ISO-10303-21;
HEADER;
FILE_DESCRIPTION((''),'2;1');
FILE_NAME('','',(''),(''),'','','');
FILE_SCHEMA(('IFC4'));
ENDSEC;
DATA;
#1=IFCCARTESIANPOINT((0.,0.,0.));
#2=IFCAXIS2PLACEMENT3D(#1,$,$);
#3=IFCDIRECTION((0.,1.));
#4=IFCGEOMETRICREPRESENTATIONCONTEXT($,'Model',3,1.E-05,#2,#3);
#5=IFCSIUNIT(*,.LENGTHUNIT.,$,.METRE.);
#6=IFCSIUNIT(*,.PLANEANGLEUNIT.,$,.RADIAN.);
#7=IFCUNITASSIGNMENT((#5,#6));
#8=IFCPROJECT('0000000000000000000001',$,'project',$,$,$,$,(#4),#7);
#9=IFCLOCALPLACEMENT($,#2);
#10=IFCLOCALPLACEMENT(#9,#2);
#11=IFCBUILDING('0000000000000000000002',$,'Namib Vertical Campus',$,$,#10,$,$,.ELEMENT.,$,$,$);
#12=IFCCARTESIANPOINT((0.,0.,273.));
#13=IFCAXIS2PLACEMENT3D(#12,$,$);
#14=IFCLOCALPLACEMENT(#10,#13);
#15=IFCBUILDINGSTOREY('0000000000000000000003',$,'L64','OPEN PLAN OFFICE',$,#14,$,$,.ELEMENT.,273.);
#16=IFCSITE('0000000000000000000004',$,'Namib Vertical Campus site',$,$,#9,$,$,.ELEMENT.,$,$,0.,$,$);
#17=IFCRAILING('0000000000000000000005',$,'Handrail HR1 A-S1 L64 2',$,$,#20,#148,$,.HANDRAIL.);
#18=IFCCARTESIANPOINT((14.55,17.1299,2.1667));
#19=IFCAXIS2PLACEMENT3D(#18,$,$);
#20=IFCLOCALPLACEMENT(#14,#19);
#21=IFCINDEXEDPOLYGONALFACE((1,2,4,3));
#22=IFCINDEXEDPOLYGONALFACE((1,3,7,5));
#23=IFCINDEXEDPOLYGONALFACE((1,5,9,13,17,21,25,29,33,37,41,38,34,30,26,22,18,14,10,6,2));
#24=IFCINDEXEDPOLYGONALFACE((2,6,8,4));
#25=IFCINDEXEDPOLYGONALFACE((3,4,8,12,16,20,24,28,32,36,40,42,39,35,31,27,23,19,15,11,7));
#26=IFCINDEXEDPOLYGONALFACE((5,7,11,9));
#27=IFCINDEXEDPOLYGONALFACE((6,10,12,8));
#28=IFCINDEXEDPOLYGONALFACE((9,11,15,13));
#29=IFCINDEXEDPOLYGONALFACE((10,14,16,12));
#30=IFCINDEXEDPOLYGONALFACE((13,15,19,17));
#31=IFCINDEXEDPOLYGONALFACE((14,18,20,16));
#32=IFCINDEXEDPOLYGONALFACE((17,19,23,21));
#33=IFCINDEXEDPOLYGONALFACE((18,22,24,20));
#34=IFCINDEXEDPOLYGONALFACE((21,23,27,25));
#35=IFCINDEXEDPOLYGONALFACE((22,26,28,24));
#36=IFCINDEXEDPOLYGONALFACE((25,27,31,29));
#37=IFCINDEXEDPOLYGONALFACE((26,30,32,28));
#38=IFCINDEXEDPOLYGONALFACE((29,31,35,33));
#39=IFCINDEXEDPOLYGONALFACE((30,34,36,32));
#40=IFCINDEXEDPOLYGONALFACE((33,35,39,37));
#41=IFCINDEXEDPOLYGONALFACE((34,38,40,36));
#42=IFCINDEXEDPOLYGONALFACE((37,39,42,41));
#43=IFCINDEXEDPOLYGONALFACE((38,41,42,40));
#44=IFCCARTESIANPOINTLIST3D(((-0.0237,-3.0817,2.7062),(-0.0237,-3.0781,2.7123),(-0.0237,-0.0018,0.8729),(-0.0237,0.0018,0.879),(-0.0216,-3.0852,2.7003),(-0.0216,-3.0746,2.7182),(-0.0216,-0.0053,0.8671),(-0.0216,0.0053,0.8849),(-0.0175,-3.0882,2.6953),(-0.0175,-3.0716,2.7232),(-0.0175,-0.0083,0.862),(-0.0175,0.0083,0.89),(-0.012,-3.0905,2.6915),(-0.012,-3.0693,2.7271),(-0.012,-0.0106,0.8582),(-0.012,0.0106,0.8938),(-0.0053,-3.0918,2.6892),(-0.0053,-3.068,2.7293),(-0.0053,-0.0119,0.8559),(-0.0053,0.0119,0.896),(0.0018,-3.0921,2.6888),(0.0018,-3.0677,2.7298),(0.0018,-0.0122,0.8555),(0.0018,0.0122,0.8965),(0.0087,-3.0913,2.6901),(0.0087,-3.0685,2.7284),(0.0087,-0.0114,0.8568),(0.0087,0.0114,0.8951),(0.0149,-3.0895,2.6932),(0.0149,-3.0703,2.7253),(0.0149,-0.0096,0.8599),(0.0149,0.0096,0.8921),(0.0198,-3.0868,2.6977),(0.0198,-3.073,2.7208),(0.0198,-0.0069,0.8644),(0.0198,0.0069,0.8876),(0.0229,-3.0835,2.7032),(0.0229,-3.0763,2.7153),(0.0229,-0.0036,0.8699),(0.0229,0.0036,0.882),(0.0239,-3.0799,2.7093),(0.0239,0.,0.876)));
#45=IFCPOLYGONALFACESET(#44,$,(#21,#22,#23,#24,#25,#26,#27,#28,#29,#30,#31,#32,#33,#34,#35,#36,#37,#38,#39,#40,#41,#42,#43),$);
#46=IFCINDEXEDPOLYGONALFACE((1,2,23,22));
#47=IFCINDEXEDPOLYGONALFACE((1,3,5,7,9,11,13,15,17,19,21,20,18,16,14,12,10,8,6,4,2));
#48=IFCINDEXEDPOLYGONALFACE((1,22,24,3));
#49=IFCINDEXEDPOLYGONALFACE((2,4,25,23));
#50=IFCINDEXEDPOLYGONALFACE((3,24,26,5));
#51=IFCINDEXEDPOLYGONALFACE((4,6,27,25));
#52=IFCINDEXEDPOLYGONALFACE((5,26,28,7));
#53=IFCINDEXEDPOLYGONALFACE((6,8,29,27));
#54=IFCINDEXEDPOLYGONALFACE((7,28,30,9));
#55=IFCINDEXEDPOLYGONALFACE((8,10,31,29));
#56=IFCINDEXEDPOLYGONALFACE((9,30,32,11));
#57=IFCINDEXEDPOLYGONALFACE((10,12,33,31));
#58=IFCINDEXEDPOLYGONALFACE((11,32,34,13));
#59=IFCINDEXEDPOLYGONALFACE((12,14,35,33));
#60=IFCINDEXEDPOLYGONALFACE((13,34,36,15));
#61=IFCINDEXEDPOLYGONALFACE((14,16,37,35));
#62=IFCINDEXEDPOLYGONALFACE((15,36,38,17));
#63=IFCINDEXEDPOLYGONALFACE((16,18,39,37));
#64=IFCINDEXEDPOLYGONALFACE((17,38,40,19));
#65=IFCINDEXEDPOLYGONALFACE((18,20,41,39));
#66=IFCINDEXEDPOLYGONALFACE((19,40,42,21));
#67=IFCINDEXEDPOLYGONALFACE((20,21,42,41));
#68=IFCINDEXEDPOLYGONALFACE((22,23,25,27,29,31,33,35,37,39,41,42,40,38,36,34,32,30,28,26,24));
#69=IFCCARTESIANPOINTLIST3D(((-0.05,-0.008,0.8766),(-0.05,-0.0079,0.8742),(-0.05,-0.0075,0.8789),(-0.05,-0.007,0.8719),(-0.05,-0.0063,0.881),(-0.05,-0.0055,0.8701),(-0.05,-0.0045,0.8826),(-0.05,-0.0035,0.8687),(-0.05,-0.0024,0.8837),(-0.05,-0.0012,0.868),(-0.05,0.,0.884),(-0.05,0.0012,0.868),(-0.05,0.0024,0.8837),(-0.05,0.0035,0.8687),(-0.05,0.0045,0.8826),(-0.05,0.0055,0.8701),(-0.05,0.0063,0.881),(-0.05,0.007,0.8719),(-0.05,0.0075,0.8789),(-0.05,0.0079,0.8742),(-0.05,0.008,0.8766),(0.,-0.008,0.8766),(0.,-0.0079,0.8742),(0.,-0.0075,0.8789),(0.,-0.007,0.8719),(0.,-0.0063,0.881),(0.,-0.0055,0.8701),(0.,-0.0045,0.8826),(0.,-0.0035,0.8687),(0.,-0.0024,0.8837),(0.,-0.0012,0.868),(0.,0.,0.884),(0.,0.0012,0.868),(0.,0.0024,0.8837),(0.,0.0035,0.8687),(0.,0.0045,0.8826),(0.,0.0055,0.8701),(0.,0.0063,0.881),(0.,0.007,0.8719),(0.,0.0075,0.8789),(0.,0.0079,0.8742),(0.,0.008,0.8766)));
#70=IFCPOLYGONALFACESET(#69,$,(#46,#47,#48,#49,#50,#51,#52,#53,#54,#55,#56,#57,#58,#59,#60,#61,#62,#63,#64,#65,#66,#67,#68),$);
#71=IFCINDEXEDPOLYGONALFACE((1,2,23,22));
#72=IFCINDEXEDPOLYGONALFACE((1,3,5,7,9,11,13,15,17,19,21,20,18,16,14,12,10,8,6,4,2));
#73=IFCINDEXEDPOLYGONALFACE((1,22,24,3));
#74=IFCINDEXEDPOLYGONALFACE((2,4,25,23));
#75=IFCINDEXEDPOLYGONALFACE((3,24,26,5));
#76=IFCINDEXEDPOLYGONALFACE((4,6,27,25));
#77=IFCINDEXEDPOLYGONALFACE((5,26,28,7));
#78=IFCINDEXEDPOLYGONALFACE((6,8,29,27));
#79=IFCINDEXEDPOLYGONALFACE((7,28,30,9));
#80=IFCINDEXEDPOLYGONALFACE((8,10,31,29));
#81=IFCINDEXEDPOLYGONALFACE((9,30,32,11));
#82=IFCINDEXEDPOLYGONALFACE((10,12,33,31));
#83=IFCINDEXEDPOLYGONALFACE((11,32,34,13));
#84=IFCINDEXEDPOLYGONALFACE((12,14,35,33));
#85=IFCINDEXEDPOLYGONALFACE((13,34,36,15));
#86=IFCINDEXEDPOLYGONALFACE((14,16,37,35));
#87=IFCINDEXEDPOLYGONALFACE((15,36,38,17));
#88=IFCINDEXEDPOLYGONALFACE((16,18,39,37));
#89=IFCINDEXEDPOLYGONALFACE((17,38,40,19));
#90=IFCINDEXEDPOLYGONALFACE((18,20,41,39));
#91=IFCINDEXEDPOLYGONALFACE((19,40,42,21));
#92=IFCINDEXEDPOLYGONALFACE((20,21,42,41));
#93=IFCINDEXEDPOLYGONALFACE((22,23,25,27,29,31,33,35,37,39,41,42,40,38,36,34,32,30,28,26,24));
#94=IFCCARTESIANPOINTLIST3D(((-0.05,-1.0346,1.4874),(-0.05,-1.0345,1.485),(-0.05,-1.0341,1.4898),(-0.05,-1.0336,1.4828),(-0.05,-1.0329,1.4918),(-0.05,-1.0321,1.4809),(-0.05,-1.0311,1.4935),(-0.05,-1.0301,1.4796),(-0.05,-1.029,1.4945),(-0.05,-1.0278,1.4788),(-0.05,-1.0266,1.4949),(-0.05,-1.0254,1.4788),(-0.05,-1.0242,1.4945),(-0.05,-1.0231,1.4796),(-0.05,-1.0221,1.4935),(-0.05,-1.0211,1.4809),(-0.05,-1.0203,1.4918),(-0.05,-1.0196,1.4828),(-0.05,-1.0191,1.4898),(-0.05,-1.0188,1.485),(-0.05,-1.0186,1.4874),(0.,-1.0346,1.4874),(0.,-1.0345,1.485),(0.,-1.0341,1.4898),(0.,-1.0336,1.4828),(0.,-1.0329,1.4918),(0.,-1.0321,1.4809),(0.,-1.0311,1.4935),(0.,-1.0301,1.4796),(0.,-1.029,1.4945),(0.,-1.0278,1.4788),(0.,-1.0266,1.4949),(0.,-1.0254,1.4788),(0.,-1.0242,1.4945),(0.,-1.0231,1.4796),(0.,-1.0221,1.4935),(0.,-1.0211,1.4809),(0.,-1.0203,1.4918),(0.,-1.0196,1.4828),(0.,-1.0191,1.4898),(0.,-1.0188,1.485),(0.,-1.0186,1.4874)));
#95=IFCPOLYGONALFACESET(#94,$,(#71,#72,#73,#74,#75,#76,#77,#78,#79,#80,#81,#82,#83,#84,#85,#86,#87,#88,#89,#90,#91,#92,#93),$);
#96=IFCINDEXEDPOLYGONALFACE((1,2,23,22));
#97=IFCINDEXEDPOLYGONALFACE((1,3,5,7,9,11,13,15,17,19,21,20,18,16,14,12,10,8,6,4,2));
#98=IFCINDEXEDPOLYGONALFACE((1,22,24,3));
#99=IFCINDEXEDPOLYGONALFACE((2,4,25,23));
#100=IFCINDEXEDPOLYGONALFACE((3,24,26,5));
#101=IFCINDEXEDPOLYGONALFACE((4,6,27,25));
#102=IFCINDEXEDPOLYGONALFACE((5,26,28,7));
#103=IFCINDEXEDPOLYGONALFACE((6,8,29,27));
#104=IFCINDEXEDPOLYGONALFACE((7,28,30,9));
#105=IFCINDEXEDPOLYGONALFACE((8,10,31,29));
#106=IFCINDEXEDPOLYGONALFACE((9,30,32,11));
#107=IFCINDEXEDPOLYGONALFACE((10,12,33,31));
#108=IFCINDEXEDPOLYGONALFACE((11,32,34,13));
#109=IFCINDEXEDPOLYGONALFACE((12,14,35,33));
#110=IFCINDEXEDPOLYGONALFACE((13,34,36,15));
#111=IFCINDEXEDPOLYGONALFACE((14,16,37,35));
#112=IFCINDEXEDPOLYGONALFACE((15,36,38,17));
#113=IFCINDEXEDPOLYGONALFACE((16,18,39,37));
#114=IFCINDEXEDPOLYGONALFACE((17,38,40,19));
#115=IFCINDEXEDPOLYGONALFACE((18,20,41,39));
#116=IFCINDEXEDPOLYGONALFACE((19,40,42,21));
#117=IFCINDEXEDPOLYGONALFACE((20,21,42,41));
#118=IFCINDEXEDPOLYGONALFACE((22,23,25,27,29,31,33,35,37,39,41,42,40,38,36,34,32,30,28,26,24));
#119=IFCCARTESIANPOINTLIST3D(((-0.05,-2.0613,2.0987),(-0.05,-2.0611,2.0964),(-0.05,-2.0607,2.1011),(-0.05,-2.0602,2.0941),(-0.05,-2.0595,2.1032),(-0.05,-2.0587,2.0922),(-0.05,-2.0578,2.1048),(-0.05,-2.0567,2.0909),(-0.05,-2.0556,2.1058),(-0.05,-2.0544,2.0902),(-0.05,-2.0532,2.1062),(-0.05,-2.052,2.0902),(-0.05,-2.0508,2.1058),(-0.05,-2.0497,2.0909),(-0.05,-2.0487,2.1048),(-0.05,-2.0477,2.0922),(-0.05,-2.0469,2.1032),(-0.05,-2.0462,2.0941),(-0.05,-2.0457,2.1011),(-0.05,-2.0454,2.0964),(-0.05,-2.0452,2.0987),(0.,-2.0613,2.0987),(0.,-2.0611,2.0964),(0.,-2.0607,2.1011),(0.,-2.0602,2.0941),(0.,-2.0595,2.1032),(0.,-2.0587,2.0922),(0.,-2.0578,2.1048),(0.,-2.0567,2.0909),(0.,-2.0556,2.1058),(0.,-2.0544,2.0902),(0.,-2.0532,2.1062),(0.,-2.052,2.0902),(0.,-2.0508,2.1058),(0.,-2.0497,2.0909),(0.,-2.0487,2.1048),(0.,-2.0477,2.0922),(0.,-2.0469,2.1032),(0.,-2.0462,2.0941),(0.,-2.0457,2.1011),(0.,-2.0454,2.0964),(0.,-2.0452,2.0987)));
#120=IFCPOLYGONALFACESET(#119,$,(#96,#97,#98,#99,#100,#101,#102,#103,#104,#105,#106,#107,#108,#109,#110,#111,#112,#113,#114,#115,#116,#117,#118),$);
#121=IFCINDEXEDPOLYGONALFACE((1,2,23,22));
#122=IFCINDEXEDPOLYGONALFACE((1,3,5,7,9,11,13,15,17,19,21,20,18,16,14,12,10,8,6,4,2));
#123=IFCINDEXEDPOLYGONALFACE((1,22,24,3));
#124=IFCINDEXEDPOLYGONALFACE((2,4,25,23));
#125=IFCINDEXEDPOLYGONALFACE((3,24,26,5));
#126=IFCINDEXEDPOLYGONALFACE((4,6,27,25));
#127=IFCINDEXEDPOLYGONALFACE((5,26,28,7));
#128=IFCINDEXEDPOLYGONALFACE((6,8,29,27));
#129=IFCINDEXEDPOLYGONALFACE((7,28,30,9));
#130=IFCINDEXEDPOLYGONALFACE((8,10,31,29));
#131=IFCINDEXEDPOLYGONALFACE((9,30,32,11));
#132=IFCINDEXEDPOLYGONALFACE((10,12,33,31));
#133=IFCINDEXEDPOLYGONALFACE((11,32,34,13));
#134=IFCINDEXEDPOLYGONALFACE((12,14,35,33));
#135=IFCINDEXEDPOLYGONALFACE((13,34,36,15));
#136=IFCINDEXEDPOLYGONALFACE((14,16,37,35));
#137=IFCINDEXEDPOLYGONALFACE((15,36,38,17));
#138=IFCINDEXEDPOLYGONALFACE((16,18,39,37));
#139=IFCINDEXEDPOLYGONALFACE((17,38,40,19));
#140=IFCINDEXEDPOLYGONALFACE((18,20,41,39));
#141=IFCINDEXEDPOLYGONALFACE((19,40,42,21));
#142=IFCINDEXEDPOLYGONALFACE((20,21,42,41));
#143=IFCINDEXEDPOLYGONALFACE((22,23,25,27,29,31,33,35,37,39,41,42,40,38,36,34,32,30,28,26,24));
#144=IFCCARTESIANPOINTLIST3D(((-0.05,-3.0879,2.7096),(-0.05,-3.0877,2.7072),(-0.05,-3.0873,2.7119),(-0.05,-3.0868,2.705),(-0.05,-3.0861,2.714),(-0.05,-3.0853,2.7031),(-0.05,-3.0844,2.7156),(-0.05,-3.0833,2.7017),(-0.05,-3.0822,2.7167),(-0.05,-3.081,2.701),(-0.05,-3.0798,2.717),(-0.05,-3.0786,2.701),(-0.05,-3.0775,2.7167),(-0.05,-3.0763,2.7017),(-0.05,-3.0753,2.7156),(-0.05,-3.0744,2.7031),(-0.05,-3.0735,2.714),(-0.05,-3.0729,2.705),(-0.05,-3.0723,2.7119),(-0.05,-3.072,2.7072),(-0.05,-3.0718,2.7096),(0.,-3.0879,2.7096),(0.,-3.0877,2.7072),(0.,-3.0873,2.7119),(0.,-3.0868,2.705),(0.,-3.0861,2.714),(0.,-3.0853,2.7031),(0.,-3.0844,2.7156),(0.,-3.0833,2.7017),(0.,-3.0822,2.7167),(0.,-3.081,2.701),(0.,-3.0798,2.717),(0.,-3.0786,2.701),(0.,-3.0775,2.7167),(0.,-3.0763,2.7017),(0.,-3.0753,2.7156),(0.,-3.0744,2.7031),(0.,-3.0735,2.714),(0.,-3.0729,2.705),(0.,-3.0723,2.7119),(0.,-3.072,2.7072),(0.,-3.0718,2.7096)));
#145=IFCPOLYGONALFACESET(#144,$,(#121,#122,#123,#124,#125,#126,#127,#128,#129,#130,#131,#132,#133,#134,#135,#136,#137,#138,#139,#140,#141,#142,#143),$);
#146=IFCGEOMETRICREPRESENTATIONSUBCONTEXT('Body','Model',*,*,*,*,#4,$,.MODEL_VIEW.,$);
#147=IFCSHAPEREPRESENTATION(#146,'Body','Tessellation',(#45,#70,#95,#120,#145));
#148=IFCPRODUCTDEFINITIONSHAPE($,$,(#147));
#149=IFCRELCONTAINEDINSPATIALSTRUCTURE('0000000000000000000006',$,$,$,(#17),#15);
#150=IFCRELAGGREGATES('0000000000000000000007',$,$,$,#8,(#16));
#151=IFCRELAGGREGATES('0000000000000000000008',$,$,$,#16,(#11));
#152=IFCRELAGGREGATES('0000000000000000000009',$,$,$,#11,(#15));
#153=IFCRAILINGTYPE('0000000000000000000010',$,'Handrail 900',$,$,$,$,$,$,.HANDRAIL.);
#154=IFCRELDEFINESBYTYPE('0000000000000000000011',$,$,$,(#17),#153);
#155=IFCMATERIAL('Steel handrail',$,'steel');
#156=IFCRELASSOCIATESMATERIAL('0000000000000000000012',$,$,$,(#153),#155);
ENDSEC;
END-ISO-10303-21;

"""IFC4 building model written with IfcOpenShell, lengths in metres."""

from ifc_helpers import new_model, si_unit, direction, frame, origin, origin_2d, place, context, subcontext, project, spatial, circle, extrude, material, type_object, element, save


model = new_model("IFC4")

# Units and contexts
model_context = context("Model", 3, precision=1e-05, world=origin(), true_north=direction((0.0, 1.0)))
body_context = subcontext(model_context, "Body", "Model", "MODEL_VIEW")
ifc_project = project(units=[si_unit("LENGTHUNIT", "METRE"), si_unit("PLANEANGLEUNIT", "RADIAN")], contexts=[model_context])

# Site, building, storey
site_placement = place(None, origin())
site = spatial("IfcSite", under=ifc_project, at=site_placement, Name="Namib Vertical Campus site", CompositionType="ELEMENT", RefElevation=0.0)
building_placement = place(site_placement, origin())
building = spatial("IfcBuilding", under=site, at=building_placement, Name="Namib Vertical Campus", CompositionType="ELEMENT")
storey_placement = place(building_placement, frame((0.0, 0.0, 273.0)))
storey = spatial("IfcBuildingStorey", under=building, at=storey_placement, Name="L64", Description="OPEN PLAN OFFICE", CompositionType="ELEMENT", Elevation=273.0)

# Railing
ifc_material_1 = material(Name="Steel handrail", Category="steel")
railing_type = type_object("IfcRailingType", Name="Handrail 900", PredefinedType="HANDRAIL", material=ifc_material_1)
railing_placement = place(storey_placement, frame((14.55, 17.1299, 2.1667)))
element("IfcRailing", 1, at=railing_placement, inside=storey, type_object=railing_type, Name="Handrail HR1 A-S1 L64 2", PredefinedType="HANDRAIL", context=body_context, shape_type="SweptSolid", body=[
    extrude(circle(Radius=0.0239, at=origin_2d()), frame((0.0, 0.0, 0.876), z_axis=(0.0, -0.859291, 0.511487), x_axis=(1.0, 0.0, 0.0)), (0.0, 0.0, 1.0), 3.5842),
    extrude(circle(Radius=0.0081, at=origin_2d()), frame((0.0, 0.0, 0.876), z_axis=(-1.0, 0.0, 0.0), x_axis=(0.0, 0.0, 1.0)), (0.0, 0.0, 1.0), 0.05),
    extrude(circle(Radius=0.0081, at=origin_2d()), frame((0.0, -1.0266, 1.4868), z_axis=(-1.0, 0.0, 0.0), x_axis=(0.0, 0.0, 1.0)), (0.0, 0.0, 1.0), 0.05),
    extrude(circle(Radius=0.0081, at=origin_2d()), frame((0.0, -2.0532, 2.0981), z_axis=(-1.0, 0.0, 0.0), x_axis=(0.0, 0.0, 1.0)), (0.0, 0.0, 1.0), 0.05),
    extrude(circle(Radius=0.0081, at=origin_2d()), frame((0.0, -3.0798, 2.709), z_axis=(-1.0, 0.0, 0.0), x_axis=(0.0, 0.0, 1.0)), (0.0, 0.0, 1.0), 0.05),
])

save(model, "model.ifc")
